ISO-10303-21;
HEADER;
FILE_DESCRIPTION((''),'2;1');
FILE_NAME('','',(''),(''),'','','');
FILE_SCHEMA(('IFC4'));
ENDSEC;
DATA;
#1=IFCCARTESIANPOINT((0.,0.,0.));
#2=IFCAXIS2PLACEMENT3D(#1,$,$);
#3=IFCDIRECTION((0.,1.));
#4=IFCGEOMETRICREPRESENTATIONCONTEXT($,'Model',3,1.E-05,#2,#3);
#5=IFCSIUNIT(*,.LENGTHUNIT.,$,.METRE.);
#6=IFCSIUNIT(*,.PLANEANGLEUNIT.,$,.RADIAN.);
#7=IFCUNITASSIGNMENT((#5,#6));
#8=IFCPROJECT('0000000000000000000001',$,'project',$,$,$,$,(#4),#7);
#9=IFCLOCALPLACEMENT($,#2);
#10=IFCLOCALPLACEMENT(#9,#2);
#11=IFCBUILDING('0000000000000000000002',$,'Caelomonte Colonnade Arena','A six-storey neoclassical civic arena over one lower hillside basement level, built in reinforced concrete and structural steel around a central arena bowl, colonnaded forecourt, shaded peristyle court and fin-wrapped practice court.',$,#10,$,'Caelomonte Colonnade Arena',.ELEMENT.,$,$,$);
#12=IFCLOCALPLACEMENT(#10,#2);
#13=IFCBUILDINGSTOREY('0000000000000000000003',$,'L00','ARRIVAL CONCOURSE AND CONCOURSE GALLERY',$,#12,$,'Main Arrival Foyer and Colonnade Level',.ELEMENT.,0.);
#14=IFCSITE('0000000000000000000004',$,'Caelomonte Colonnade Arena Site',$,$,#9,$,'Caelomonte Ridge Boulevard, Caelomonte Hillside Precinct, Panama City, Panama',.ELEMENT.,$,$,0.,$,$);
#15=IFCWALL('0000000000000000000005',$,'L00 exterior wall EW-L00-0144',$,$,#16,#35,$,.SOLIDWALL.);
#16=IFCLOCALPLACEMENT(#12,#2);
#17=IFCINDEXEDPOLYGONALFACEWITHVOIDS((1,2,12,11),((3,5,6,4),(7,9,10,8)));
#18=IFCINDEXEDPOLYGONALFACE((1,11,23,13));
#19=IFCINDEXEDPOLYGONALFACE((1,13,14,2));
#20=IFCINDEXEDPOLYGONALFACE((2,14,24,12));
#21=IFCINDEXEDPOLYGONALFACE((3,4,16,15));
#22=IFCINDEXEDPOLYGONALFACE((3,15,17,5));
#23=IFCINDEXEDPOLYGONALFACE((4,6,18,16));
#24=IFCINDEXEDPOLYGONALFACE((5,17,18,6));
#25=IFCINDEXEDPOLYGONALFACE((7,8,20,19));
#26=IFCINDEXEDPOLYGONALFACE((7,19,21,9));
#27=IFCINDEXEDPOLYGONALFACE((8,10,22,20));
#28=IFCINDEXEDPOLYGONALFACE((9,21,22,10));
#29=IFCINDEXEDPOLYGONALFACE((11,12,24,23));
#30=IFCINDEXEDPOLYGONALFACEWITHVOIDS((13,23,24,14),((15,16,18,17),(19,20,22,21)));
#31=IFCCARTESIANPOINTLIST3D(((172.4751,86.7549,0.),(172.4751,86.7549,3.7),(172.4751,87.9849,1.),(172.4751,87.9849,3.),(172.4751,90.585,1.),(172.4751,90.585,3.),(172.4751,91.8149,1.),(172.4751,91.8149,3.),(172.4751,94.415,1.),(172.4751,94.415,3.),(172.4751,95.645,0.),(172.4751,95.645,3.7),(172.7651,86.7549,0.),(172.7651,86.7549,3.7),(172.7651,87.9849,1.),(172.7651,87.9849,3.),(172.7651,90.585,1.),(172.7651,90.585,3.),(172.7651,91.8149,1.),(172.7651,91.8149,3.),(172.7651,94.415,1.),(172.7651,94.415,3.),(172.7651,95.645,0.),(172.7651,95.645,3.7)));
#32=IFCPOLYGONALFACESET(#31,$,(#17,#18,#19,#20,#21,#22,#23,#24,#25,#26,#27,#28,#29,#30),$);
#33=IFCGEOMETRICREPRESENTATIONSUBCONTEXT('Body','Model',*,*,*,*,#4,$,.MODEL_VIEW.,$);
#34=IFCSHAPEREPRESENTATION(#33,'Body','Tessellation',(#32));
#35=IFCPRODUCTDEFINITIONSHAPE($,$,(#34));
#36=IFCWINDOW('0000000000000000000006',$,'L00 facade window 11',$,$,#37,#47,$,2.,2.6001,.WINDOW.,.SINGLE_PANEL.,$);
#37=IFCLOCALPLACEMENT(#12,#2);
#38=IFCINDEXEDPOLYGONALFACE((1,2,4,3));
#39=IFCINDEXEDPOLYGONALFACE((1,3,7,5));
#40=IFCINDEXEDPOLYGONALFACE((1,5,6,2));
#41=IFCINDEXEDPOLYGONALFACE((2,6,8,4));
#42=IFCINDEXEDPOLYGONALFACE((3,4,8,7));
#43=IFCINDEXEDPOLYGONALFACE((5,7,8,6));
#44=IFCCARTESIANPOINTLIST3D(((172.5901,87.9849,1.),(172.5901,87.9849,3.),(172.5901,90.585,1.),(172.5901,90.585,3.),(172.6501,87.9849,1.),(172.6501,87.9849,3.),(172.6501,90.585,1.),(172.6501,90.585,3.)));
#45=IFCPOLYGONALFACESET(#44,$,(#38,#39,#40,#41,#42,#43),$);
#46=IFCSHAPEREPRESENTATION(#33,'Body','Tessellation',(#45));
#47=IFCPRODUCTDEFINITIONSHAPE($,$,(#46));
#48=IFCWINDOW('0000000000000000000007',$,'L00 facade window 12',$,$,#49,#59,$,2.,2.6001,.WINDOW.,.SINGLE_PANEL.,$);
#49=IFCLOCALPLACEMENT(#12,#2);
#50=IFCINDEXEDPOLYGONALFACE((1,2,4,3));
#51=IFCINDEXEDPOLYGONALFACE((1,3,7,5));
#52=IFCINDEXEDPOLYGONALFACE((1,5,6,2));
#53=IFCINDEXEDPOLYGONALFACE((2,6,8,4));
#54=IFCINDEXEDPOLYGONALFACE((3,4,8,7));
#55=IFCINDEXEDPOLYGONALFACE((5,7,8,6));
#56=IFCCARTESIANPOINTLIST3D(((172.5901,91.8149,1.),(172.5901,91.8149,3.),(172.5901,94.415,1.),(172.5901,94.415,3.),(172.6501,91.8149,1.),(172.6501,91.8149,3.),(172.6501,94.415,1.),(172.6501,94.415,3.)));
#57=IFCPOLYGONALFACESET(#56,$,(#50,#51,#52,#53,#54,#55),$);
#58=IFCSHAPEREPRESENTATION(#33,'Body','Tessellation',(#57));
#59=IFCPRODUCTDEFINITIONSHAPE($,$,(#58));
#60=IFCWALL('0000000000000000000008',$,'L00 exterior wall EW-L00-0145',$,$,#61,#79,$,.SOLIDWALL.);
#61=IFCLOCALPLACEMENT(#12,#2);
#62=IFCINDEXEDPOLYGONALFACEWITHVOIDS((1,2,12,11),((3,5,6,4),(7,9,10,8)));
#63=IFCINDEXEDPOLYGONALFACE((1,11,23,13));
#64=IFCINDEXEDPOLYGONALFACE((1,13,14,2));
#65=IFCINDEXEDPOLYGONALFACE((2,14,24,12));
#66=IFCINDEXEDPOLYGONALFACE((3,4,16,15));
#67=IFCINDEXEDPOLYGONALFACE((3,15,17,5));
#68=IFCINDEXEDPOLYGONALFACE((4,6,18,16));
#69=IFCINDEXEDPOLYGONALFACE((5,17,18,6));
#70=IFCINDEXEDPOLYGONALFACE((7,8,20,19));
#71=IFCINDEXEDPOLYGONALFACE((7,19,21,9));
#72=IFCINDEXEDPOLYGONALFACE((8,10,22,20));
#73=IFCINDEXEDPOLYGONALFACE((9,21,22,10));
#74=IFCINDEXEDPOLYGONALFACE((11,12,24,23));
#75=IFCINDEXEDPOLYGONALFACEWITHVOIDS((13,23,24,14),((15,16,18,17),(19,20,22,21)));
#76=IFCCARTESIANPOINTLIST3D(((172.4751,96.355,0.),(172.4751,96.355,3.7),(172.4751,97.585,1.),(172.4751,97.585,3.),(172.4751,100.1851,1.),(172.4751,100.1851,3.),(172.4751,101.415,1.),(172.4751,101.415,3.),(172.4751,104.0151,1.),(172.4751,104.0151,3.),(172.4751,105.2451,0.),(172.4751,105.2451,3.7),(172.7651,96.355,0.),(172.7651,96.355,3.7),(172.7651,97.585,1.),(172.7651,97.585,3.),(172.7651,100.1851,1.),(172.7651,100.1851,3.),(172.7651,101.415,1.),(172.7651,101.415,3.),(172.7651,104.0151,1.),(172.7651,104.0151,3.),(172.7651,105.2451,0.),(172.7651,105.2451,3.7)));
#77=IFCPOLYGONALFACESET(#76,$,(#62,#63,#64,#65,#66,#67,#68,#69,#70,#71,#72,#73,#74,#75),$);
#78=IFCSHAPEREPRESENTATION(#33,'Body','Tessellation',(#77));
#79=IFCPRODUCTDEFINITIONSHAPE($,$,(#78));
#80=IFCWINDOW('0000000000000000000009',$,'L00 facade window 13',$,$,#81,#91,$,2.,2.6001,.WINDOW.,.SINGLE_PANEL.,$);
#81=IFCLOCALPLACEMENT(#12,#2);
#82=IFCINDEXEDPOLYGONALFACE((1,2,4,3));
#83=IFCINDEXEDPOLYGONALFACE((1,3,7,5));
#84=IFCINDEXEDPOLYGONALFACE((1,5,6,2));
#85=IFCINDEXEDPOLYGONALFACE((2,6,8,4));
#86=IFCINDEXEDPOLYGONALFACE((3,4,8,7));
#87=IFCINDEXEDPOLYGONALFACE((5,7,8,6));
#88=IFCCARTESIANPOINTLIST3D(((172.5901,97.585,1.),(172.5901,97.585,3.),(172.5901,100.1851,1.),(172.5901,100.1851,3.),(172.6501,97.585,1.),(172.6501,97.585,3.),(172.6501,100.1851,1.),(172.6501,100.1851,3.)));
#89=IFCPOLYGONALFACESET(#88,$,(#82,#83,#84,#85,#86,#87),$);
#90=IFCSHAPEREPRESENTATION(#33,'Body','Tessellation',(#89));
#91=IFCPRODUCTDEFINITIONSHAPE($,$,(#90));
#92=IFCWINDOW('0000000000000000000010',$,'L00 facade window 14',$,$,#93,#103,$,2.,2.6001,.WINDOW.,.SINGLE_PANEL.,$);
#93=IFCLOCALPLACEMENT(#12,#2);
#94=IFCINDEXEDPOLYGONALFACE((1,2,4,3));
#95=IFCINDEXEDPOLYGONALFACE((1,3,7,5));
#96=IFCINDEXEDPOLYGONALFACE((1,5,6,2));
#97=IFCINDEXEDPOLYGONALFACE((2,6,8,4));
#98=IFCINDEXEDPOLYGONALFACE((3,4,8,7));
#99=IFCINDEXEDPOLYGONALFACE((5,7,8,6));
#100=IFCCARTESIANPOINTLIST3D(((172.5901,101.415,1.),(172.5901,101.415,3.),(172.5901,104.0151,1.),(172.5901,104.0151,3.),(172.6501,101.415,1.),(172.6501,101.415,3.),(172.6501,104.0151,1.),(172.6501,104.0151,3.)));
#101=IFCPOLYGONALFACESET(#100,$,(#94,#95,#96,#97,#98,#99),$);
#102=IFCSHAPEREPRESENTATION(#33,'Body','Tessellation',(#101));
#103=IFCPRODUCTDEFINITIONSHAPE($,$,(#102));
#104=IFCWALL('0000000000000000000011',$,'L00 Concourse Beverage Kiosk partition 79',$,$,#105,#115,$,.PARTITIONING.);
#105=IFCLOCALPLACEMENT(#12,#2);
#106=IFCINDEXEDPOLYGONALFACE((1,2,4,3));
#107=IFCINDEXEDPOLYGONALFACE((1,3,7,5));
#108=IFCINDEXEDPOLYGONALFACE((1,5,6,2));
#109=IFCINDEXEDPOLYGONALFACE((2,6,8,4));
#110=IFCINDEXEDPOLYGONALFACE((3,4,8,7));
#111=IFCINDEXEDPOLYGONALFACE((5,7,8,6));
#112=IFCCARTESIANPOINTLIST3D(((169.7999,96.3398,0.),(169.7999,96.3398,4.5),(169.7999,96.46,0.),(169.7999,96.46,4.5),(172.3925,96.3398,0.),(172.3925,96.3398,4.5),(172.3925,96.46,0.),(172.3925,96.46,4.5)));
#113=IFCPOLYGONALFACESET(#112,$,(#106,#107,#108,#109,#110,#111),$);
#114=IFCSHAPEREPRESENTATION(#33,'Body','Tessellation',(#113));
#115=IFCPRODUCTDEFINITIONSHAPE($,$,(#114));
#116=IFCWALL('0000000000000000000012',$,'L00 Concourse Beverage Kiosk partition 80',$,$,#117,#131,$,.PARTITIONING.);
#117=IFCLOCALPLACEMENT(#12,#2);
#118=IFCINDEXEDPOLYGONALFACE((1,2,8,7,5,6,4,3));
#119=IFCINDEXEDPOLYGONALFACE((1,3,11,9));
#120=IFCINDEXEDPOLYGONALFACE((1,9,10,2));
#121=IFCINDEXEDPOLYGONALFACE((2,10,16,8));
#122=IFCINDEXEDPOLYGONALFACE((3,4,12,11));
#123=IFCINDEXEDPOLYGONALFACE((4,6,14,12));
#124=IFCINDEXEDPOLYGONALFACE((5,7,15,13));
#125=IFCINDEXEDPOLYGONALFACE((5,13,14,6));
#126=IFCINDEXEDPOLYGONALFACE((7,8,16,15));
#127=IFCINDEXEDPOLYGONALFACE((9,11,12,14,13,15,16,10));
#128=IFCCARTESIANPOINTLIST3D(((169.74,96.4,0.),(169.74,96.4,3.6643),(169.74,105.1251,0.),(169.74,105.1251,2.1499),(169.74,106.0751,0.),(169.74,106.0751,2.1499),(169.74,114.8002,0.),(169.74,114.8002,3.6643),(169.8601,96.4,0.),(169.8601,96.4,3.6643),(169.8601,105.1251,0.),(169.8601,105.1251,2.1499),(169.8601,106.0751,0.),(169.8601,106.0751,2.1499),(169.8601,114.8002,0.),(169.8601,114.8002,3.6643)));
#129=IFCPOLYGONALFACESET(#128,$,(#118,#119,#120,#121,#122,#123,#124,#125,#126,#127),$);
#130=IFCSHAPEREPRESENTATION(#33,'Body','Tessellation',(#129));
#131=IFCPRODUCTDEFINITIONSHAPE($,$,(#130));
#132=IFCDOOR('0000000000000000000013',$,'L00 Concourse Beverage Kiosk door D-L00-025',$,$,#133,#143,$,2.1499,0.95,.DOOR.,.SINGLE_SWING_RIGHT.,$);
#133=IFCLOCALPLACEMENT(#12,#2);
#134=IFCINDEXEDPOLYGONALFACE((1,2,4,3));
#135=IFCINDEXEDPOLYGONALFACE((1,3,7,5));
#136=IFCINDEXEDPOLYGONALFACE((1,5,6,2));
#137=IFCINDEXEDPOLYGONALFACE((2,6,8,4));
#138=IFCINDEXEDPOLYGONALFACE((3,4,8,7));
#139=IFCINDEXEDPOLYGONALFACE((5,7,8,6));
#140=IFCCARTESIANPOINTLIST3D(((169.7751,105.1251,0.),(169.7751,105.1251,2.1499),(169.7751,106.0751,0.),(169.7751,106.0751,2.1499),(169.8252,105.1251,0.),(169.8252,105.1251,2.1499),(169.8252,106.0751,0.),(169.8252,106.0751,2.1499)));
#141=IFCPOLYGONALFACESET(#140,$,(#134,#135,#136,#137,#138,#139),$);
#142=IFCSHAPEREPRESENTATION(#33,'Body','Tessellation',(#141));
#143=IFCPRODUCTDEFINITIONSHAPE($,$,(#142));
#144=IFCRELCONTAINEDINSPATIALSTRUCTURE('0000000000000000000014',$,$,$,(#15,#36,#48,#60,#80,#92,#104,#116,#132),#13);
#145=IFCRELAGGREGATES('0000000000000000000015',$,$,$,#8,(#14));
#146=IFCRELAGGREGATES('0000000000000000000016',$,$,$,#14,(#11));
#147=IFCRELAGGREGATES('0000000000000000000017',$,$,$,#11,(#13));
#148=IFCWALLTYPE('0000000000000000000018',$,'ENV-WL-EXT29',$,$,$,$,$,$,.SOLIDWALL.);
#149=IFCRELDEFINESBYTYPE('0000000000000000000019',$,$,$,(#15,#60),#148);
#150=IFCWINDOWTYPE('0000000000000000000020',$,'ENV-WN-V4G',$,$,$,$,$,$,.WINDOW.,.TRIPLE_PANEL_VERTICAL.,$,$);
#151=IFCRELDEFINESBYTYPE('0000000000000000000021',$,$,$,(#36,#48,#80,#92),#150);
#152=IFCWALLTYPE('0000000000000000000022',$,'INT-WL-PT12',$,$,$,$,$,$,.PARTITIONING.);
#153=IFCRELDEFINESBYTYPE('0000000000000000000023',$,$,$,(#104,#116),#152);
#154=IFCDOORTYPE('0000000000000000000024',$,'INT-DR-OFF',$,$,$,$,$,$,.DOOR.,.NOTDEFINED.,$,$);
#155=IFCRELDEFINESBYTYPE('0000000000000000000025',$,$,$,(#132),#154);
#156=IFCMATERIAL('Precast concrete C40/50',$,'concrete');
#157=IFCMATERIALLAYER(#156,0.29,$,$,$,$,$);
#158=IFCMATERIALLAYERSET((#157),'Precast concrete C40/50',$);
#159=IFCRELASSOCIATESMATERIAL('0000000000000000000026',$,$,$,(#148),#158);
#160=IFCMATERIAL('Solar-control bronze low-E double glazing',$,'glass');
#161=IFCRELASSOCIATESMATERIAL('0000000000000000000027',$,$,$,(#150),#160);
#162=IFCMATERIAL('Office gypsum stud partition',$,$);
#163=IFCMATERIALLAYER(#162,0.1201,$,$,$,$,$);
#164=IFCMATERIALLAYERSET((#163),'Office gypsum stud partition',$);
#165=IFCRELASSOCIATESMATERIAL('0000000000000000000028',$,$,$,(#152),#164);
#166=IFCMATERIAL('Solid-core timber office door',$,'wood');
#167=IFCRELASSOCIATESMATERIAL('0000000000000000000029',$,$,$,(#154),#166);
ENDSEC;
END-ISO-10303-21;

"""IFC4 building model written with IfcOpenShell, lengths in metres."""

from ifc_helpers import new_model, si_unit, direction, frame, frame_2d, origin, place, context, subcontext, project, spatial, rectangle, extrude, material, layer, layer_set, type_object, element, fill, save


model = new_model("IFC4")

# Units and contexts
model_context = context("Model", 3, precision=1e-05, world=origin(), true_north=direction((0.0, 1.0)))
body_context = subcontext(model_context, "Body", "Model", "MODEL_VIEW")
ifc_project = project(units=[si_unit("LENGTHUNIT", "METRE"), si_unit("PLANEANGLEUNIT", "RADIAN")], contexts=[model_context])

# Site, building, storey
site_placement = place(None, origin())
site = spatial("IfcSite", under=ifc_project, at=site_placement, Name="Caelomonte Colonnade Arena Site", LongName="Caelomonte Ridge Boulevard, Caelomonte Hillside Precinct, Panama City, Panama", CompositionType="ELEMENT", RefElevation=0.0)
building_placement = place(site_placement, origin())
building = spatial("IfcBuilding", under=site, at=building_placement, Name="Caelomonte Colonnade Arena", Description="A six-storey neoclassical civic arena over one lower hillside basement level, built in reinforced concrete and structural steel around a central arena bowl, colonnaded forecourt, shaded peristyle court and fin-wrapped practice court.", LongName="Caelomonte Colonnade Arena", CompositionType="ELEMENT")
storey_placement = place(building_placement, origin())
storey = spatial("IfcBuildingStorey", under=building, at=storey_placement, Name="L00", Description="ARRIVAL CONCOURSE AND CONCOURSE GALLERY", LongName="Main Arrival Foyer and Colonnade Level", CompositionType="ELEMENT", Elevation=0.0)

# Shared definitions
ifc_material_1 = material(Name="Solar-control bronze low-E double glazing", Category="glass")

# Walls, openings, windows
ifc_material_2 = material(Name="Precast concrete C40/50", Category="concrete")
ifc_layer_1 = layer(ifc_material_2, 0.29)
ifc_layer_set_1 = layer_set([ifc_layer_1], Name="Precast concrete C40/50")
wall_type_1 = type_object("IfcWallType", Name="ENV-WL-EXT29", PredefinedType="SOLIDWALL", material=ifc_layer_set_1)
window_type = type_object("IfcWindowType", Name="ENV-WN-V4G", PartitioningType="TRIPLE_PANEL_VERTICAL", PredefinedType="WINDOW", material=ifc_material_1)
wall_1_placement = place(storey_placement, frame((172.6201, 86.7549, 0.0), z_axis=(0.0, 0.0, 1.0), x_axis=(0.0, 1.0, 0.0)))
wall_1 = element("IfcWall", 1, at=wall_1_placement, inside=storey, type_object=wall_type_1, Name="L00 exterior wall EW-L00-0144", PredefinedType="SOLIDWALL", context=body_context, shape_type="SweptSolid", body=[
    extrude(rectangle(XDim=8.8901, YDim=0.29, at=frame_2d((4.4451, 0.0))), origin(), (0.0, 0.0, 1.0), 3.7),
])
opening_1_placement = place(wall_1_placement, frame((3.8301, 0.0, 1.0), z_axis=(0.0, 0.0, 1.0), x_axis=(-1.0, 0.0, 0.0)))
opening_1 = element("IfcOpeningElement", 2, at=opening_1_placement, cuts=wall_1, PredefinedType="OPENING", context=body_context, shape_type="SweptSolid", body=[
    extrude(rectangle(XDim=2.6001, YDim=2.0, at=frame_2d((1.3, 1.0))), frame((0.0, 0.155, 0.0), z_axis=(0.0, -1.0, 0.0), x_axis=(1.0, 0.0, 0.0)), (0.0, 0.0, 1.0), 0.3101),
])
opening_2_placement = place(wall_1_placement, frame((7.6602, 0.0, 1.0), z_axis=(0.0, 0.0, 1.0), x_axis=(-1.0, 0.0, 0.0)))
opening_2 = element("IfcOpeningElement", 3, at=opening_2_placement, cuts=wall_1, PredefinedType="OPENING", context=body_context, shape_type="SweptSolid", body=[
    extrude(rectangle(XDim=2.6001, YDim=2.0, at=frame_2d((1.3, 1.0))), frame((0.0, 0.155, 0.0), z_axis=(0.0, -1.0, 0.0), x_axis=(1.0, 0.0, 0.0)), (0.0, 0.0, 1.0), 0.3101),
])
window_1_placement = place(opening_1_placement, origin())
window_1 = element("IfcWindow", 4, at=window_1_placement, inside=storey, type_object=window_type, Name="L00 facade window 11", OverallHeight=2.0, OverallWidth=2.6001, PartitioningType="SINGLE_PANEL", PredefinedType="WINDOW", context=body_context, shape_type="SweptSolid", body=[
    extrude(rectangle(XDim=2.6001, YDim=2.0, at=frame_2d((1.3, 1.0))), frame((0.0, 0.03, 0.0), z_axis=(0.0, -1.0, 0.0), x_axis=(1.0, 0.0, 0.0)), (0.0, 0.0, 1.0), 0.0601),
])
fill(opening_1, window_1)
window_2_placement = place(opening_2_placement, origin())
window_2 = element("IfcWindow", 5, at=window_2_placement, inside=storey, type_object=window_type, Name="L00 facade window 12", OverallHeight=2.0, OverallWidth=2.6001, PartitioningType="SINGLE_PANEL", PredefinedType="WINDOW", context=body_context, shape_type="SweptSolid", body=[
    extrude(rectangle(XDim=2.6001, YDim=2.0, at=frame_2d((1.3, 1.0))), frame((0.0, 0.03, 0.0), z_axis=(0.0, -1.0, 0.0), x_axis=(1.0, 0.0, 0.0)), (0.0, 0.0, 1.0), 0.0601),
])
fill(opening_2, window_2)
wall_2_placement = place(storey_placement, frame((172.6201, 96.355, 0.0), z_axis=(0.0, 0.0, 1.0), x_axis=(0.0, 1.0, 0.0)))
wall_2 = element("IfcWall", 6, at=wall_2_placement, inside=storey, type_object=wall_type_1, Name="L00 exterior wall EW-L00-0145", PredefinedType="SOLIDWALL", context=body_context, shape_type="SweptSolid", body=[
    extrude(rectangle(XDim=8.8901, YDim=0.29, at=frame_2d((4.4451, 0.0))), origin(), (0.0, 0.0, 1.0), 3.7),
])
opening_3_placement = place(wall_2_placement, frame((3.8301, 0.0, 1.0), z_axis=(0.0, 0.0, 1.0), x_axis=(-1.0, 0.0, 0.0)))
opening_3 = element("IfcOpeningElement", 7, at=opening_3_placement, cuts=wall_2, PredefinedType="OPENING", context=body_context, shape_type="SweptSolid", body=[
    extrude(rectangle(XDim=2.6001, YDim=2.0, at=frame_2d((1.3, 1.0))), frame((0.0, 0.155, 0.0), z_axis=(0.0, -1.0, 0.0), x_axis=(1.0, 0.0, 0.0)), (0.0, 0.0, 1.0), 0.3101),
])
opening_4_placement = place(wall_2_placement, frame((7.6602, 0.0, 1.0), z_axis=(0.0, 0.0, 1.0), x_axis=(-1.0, 0.0, 0.0)))
opening_4 = element("IfcOpeningElement", 8, at=opening_4_placement, cuts=wall_2, PredefinedType="OPENING", context=body_context, shape_type="SweptSolid", body=[
    extrude(rectangle(XDim=2.6001, YDim=2.0, at=frame_2d((1.3, 1.0))), frame((0.0, 0.155, 0.0), z_axis=(0.0, -1.0, 0.0), x_axis=(1.0, 0.0, 0.0)), (0.0, 0.0, 1.0), 0.3101),
])
window_3_placement = place(opening_3_placement, origin())
window_3 = element("IfcWindow", 9, at=window_3_placement, inside=storey, type_object=window_type, Name="L00 facade window 13", OverallHeight=2.0, OverallWidth=2.6001, PartitioningType="SINGLE_PANEL", PredefinedType="WINDOW", context=body_context, shape_type="SweptSolid", body=[
    extrude(rectangle(XDim=2.6001, YDim=2.0, at=frame_2d((1.3, 1.0))), frame((0.0, 0.03, 0.0), z_axis=(0.0, -1.0, 0.0), x_axis=(1.0, 0.0, 0.0)), (0.0, 0.0, 1.0), 0.0601),
])
fill(opening_3, window_3)
window_4_placement = place(opening_4_placement, origin())
window_4 = element("IfcWindow", 10, at=window_4_placement, inside=storey, type_object=window_type, Name="L00 facade window 14", OverallHeight=2.0, OverallWidth=2.6001, PartitioningType="SINGLE_PANEL", PredefinedType="WINDOW", context=body_context, shape_type="SweptSolid", body=[
    extrude(rectangle(XDim=2.6001, YDim=2.0, at=frame_2d((1.3, 1.0))), frame((0.0, 0.03, 0.0), z_axis=(0.0, -1.0, 0.0), x_axis=(1.0, 0.0, 0.0)), (0.0, 0.0, 1.0), 0.0601),
])
fill(opening_4, window_4)

# Wall
ifc_material_3 = material(Name="Office gypsum stud partition")
ifc_layer_2 = layer(ifc_material_3, 0.1201)
ifc_layer_set_2 = layer_set([ifc_layer_2], Name="Office gypsum stud partition")
wall_type_2 = type_object("IfcWallType", Name="INT-WL-PT12", PredefinedType="PARTITIONING", material=ifc_layer_set_2)
wall_3_placement = place(storey_placement, frame((172.3926, 96.3999, 0.0), z_axis=(0.0, 0.0, 1.0), x_axis=(-1.0, 0.0, 0.0)))
element("IfcWall", 11, at=wall_3_placement, inside=storey, type_object=wall_type_2, Name="L00 Concourse Beverage Kiosk partition 79", PredefinedType="PARTITIONING", context=body_context, shape_type="SweptSolid", body=[
    extrude(rectangle(XDim=2.5925, YDim=0.1201, at=frame_2d((1.2964, 0.0))), origin(), (0.0, 0.0, 1.0), 4.5),
])

# Wall, opening, door
wall_4_placement = place(storey_placement, frame((169.8, 96.3999, 0.0), z_axis=(0.0, 0.0, 1.0), x_axis=(0.0, 1.0, 0.0)))
wall_4 = element("IfcWall", 12, at=wall_4_placement, inside=storey, type_object=wall_type_2, Name="L00 Concourse Beverage Kiosk partition 80", PredefinedType="PARTITIONING", context=body_context, shape_type="SweptSolid", body=[
    extrude(rectangle(XDim=18.4001, YDim=0.1201, at=frame_2d((9.2002, 0.0))), origin(), (0.0, 0.0, 1.0), 3.6643),
])
opening_5_placement = place(wall_4_placement, frame((8.7251, 0.0, 0.0), z_axis=(0.0, 0.0, 1.0), x_axis=(1.0, 0.0, 0.0)))
opening_5 = element("IfcOpeningElement", 13, at=opening_5_placement, cuts=wall_4, PredefinedType="OPENING", context=body_context, shape_type="SweptSolid", body=[
    extrude(rectangle(XDim=0.95, YDim=2.1499, at=frame_2d((0.4751, 1.075))), frame((0.0, 0.0701, 0.0), z_axis=(0.0, -1.0, 0.0), x_axis=(1.0, 0.0, 0.0)), (0.0, 0.0, 1.0), 0.1401),
])
ifc_material_4 = material(Name="Solid-core timber office door", Category="wood")
door_type = type_object("IfcDoorType", Name="INT-DR-OFF", OperationType="NOTDEFINED", PredefinedType="DOOR", material=ifc_material_4)
door_placement = place(opening_5_placement, origin())
door = element("IfcDoor", 14, at=door_placement, inside=storey, type_object=door_type, Name="L00 Concourse Beverage Kiosk door D-L00-025", OperationType="SINGLE_SWING_RIGHT", OverallHeight=2.1499, OverallWidth=0.95, PredefinedType="DOOR", context=body_context, shape_type="SweptSolid", body=[
    extrude(rectangle(XDim=0.95, YDim=2.1499, at=frame_2d((0.4751, 1.075))), frame((0.0, 0.0249, 0.0), z_axis=(0.0, -1.0, 0.0), x_axis=(1.0, 0.0, 0.0)), (0.0, 0.0, 1.0), 0.05),
])
fill(opening_5, door)

save(model, "model.ifc")
